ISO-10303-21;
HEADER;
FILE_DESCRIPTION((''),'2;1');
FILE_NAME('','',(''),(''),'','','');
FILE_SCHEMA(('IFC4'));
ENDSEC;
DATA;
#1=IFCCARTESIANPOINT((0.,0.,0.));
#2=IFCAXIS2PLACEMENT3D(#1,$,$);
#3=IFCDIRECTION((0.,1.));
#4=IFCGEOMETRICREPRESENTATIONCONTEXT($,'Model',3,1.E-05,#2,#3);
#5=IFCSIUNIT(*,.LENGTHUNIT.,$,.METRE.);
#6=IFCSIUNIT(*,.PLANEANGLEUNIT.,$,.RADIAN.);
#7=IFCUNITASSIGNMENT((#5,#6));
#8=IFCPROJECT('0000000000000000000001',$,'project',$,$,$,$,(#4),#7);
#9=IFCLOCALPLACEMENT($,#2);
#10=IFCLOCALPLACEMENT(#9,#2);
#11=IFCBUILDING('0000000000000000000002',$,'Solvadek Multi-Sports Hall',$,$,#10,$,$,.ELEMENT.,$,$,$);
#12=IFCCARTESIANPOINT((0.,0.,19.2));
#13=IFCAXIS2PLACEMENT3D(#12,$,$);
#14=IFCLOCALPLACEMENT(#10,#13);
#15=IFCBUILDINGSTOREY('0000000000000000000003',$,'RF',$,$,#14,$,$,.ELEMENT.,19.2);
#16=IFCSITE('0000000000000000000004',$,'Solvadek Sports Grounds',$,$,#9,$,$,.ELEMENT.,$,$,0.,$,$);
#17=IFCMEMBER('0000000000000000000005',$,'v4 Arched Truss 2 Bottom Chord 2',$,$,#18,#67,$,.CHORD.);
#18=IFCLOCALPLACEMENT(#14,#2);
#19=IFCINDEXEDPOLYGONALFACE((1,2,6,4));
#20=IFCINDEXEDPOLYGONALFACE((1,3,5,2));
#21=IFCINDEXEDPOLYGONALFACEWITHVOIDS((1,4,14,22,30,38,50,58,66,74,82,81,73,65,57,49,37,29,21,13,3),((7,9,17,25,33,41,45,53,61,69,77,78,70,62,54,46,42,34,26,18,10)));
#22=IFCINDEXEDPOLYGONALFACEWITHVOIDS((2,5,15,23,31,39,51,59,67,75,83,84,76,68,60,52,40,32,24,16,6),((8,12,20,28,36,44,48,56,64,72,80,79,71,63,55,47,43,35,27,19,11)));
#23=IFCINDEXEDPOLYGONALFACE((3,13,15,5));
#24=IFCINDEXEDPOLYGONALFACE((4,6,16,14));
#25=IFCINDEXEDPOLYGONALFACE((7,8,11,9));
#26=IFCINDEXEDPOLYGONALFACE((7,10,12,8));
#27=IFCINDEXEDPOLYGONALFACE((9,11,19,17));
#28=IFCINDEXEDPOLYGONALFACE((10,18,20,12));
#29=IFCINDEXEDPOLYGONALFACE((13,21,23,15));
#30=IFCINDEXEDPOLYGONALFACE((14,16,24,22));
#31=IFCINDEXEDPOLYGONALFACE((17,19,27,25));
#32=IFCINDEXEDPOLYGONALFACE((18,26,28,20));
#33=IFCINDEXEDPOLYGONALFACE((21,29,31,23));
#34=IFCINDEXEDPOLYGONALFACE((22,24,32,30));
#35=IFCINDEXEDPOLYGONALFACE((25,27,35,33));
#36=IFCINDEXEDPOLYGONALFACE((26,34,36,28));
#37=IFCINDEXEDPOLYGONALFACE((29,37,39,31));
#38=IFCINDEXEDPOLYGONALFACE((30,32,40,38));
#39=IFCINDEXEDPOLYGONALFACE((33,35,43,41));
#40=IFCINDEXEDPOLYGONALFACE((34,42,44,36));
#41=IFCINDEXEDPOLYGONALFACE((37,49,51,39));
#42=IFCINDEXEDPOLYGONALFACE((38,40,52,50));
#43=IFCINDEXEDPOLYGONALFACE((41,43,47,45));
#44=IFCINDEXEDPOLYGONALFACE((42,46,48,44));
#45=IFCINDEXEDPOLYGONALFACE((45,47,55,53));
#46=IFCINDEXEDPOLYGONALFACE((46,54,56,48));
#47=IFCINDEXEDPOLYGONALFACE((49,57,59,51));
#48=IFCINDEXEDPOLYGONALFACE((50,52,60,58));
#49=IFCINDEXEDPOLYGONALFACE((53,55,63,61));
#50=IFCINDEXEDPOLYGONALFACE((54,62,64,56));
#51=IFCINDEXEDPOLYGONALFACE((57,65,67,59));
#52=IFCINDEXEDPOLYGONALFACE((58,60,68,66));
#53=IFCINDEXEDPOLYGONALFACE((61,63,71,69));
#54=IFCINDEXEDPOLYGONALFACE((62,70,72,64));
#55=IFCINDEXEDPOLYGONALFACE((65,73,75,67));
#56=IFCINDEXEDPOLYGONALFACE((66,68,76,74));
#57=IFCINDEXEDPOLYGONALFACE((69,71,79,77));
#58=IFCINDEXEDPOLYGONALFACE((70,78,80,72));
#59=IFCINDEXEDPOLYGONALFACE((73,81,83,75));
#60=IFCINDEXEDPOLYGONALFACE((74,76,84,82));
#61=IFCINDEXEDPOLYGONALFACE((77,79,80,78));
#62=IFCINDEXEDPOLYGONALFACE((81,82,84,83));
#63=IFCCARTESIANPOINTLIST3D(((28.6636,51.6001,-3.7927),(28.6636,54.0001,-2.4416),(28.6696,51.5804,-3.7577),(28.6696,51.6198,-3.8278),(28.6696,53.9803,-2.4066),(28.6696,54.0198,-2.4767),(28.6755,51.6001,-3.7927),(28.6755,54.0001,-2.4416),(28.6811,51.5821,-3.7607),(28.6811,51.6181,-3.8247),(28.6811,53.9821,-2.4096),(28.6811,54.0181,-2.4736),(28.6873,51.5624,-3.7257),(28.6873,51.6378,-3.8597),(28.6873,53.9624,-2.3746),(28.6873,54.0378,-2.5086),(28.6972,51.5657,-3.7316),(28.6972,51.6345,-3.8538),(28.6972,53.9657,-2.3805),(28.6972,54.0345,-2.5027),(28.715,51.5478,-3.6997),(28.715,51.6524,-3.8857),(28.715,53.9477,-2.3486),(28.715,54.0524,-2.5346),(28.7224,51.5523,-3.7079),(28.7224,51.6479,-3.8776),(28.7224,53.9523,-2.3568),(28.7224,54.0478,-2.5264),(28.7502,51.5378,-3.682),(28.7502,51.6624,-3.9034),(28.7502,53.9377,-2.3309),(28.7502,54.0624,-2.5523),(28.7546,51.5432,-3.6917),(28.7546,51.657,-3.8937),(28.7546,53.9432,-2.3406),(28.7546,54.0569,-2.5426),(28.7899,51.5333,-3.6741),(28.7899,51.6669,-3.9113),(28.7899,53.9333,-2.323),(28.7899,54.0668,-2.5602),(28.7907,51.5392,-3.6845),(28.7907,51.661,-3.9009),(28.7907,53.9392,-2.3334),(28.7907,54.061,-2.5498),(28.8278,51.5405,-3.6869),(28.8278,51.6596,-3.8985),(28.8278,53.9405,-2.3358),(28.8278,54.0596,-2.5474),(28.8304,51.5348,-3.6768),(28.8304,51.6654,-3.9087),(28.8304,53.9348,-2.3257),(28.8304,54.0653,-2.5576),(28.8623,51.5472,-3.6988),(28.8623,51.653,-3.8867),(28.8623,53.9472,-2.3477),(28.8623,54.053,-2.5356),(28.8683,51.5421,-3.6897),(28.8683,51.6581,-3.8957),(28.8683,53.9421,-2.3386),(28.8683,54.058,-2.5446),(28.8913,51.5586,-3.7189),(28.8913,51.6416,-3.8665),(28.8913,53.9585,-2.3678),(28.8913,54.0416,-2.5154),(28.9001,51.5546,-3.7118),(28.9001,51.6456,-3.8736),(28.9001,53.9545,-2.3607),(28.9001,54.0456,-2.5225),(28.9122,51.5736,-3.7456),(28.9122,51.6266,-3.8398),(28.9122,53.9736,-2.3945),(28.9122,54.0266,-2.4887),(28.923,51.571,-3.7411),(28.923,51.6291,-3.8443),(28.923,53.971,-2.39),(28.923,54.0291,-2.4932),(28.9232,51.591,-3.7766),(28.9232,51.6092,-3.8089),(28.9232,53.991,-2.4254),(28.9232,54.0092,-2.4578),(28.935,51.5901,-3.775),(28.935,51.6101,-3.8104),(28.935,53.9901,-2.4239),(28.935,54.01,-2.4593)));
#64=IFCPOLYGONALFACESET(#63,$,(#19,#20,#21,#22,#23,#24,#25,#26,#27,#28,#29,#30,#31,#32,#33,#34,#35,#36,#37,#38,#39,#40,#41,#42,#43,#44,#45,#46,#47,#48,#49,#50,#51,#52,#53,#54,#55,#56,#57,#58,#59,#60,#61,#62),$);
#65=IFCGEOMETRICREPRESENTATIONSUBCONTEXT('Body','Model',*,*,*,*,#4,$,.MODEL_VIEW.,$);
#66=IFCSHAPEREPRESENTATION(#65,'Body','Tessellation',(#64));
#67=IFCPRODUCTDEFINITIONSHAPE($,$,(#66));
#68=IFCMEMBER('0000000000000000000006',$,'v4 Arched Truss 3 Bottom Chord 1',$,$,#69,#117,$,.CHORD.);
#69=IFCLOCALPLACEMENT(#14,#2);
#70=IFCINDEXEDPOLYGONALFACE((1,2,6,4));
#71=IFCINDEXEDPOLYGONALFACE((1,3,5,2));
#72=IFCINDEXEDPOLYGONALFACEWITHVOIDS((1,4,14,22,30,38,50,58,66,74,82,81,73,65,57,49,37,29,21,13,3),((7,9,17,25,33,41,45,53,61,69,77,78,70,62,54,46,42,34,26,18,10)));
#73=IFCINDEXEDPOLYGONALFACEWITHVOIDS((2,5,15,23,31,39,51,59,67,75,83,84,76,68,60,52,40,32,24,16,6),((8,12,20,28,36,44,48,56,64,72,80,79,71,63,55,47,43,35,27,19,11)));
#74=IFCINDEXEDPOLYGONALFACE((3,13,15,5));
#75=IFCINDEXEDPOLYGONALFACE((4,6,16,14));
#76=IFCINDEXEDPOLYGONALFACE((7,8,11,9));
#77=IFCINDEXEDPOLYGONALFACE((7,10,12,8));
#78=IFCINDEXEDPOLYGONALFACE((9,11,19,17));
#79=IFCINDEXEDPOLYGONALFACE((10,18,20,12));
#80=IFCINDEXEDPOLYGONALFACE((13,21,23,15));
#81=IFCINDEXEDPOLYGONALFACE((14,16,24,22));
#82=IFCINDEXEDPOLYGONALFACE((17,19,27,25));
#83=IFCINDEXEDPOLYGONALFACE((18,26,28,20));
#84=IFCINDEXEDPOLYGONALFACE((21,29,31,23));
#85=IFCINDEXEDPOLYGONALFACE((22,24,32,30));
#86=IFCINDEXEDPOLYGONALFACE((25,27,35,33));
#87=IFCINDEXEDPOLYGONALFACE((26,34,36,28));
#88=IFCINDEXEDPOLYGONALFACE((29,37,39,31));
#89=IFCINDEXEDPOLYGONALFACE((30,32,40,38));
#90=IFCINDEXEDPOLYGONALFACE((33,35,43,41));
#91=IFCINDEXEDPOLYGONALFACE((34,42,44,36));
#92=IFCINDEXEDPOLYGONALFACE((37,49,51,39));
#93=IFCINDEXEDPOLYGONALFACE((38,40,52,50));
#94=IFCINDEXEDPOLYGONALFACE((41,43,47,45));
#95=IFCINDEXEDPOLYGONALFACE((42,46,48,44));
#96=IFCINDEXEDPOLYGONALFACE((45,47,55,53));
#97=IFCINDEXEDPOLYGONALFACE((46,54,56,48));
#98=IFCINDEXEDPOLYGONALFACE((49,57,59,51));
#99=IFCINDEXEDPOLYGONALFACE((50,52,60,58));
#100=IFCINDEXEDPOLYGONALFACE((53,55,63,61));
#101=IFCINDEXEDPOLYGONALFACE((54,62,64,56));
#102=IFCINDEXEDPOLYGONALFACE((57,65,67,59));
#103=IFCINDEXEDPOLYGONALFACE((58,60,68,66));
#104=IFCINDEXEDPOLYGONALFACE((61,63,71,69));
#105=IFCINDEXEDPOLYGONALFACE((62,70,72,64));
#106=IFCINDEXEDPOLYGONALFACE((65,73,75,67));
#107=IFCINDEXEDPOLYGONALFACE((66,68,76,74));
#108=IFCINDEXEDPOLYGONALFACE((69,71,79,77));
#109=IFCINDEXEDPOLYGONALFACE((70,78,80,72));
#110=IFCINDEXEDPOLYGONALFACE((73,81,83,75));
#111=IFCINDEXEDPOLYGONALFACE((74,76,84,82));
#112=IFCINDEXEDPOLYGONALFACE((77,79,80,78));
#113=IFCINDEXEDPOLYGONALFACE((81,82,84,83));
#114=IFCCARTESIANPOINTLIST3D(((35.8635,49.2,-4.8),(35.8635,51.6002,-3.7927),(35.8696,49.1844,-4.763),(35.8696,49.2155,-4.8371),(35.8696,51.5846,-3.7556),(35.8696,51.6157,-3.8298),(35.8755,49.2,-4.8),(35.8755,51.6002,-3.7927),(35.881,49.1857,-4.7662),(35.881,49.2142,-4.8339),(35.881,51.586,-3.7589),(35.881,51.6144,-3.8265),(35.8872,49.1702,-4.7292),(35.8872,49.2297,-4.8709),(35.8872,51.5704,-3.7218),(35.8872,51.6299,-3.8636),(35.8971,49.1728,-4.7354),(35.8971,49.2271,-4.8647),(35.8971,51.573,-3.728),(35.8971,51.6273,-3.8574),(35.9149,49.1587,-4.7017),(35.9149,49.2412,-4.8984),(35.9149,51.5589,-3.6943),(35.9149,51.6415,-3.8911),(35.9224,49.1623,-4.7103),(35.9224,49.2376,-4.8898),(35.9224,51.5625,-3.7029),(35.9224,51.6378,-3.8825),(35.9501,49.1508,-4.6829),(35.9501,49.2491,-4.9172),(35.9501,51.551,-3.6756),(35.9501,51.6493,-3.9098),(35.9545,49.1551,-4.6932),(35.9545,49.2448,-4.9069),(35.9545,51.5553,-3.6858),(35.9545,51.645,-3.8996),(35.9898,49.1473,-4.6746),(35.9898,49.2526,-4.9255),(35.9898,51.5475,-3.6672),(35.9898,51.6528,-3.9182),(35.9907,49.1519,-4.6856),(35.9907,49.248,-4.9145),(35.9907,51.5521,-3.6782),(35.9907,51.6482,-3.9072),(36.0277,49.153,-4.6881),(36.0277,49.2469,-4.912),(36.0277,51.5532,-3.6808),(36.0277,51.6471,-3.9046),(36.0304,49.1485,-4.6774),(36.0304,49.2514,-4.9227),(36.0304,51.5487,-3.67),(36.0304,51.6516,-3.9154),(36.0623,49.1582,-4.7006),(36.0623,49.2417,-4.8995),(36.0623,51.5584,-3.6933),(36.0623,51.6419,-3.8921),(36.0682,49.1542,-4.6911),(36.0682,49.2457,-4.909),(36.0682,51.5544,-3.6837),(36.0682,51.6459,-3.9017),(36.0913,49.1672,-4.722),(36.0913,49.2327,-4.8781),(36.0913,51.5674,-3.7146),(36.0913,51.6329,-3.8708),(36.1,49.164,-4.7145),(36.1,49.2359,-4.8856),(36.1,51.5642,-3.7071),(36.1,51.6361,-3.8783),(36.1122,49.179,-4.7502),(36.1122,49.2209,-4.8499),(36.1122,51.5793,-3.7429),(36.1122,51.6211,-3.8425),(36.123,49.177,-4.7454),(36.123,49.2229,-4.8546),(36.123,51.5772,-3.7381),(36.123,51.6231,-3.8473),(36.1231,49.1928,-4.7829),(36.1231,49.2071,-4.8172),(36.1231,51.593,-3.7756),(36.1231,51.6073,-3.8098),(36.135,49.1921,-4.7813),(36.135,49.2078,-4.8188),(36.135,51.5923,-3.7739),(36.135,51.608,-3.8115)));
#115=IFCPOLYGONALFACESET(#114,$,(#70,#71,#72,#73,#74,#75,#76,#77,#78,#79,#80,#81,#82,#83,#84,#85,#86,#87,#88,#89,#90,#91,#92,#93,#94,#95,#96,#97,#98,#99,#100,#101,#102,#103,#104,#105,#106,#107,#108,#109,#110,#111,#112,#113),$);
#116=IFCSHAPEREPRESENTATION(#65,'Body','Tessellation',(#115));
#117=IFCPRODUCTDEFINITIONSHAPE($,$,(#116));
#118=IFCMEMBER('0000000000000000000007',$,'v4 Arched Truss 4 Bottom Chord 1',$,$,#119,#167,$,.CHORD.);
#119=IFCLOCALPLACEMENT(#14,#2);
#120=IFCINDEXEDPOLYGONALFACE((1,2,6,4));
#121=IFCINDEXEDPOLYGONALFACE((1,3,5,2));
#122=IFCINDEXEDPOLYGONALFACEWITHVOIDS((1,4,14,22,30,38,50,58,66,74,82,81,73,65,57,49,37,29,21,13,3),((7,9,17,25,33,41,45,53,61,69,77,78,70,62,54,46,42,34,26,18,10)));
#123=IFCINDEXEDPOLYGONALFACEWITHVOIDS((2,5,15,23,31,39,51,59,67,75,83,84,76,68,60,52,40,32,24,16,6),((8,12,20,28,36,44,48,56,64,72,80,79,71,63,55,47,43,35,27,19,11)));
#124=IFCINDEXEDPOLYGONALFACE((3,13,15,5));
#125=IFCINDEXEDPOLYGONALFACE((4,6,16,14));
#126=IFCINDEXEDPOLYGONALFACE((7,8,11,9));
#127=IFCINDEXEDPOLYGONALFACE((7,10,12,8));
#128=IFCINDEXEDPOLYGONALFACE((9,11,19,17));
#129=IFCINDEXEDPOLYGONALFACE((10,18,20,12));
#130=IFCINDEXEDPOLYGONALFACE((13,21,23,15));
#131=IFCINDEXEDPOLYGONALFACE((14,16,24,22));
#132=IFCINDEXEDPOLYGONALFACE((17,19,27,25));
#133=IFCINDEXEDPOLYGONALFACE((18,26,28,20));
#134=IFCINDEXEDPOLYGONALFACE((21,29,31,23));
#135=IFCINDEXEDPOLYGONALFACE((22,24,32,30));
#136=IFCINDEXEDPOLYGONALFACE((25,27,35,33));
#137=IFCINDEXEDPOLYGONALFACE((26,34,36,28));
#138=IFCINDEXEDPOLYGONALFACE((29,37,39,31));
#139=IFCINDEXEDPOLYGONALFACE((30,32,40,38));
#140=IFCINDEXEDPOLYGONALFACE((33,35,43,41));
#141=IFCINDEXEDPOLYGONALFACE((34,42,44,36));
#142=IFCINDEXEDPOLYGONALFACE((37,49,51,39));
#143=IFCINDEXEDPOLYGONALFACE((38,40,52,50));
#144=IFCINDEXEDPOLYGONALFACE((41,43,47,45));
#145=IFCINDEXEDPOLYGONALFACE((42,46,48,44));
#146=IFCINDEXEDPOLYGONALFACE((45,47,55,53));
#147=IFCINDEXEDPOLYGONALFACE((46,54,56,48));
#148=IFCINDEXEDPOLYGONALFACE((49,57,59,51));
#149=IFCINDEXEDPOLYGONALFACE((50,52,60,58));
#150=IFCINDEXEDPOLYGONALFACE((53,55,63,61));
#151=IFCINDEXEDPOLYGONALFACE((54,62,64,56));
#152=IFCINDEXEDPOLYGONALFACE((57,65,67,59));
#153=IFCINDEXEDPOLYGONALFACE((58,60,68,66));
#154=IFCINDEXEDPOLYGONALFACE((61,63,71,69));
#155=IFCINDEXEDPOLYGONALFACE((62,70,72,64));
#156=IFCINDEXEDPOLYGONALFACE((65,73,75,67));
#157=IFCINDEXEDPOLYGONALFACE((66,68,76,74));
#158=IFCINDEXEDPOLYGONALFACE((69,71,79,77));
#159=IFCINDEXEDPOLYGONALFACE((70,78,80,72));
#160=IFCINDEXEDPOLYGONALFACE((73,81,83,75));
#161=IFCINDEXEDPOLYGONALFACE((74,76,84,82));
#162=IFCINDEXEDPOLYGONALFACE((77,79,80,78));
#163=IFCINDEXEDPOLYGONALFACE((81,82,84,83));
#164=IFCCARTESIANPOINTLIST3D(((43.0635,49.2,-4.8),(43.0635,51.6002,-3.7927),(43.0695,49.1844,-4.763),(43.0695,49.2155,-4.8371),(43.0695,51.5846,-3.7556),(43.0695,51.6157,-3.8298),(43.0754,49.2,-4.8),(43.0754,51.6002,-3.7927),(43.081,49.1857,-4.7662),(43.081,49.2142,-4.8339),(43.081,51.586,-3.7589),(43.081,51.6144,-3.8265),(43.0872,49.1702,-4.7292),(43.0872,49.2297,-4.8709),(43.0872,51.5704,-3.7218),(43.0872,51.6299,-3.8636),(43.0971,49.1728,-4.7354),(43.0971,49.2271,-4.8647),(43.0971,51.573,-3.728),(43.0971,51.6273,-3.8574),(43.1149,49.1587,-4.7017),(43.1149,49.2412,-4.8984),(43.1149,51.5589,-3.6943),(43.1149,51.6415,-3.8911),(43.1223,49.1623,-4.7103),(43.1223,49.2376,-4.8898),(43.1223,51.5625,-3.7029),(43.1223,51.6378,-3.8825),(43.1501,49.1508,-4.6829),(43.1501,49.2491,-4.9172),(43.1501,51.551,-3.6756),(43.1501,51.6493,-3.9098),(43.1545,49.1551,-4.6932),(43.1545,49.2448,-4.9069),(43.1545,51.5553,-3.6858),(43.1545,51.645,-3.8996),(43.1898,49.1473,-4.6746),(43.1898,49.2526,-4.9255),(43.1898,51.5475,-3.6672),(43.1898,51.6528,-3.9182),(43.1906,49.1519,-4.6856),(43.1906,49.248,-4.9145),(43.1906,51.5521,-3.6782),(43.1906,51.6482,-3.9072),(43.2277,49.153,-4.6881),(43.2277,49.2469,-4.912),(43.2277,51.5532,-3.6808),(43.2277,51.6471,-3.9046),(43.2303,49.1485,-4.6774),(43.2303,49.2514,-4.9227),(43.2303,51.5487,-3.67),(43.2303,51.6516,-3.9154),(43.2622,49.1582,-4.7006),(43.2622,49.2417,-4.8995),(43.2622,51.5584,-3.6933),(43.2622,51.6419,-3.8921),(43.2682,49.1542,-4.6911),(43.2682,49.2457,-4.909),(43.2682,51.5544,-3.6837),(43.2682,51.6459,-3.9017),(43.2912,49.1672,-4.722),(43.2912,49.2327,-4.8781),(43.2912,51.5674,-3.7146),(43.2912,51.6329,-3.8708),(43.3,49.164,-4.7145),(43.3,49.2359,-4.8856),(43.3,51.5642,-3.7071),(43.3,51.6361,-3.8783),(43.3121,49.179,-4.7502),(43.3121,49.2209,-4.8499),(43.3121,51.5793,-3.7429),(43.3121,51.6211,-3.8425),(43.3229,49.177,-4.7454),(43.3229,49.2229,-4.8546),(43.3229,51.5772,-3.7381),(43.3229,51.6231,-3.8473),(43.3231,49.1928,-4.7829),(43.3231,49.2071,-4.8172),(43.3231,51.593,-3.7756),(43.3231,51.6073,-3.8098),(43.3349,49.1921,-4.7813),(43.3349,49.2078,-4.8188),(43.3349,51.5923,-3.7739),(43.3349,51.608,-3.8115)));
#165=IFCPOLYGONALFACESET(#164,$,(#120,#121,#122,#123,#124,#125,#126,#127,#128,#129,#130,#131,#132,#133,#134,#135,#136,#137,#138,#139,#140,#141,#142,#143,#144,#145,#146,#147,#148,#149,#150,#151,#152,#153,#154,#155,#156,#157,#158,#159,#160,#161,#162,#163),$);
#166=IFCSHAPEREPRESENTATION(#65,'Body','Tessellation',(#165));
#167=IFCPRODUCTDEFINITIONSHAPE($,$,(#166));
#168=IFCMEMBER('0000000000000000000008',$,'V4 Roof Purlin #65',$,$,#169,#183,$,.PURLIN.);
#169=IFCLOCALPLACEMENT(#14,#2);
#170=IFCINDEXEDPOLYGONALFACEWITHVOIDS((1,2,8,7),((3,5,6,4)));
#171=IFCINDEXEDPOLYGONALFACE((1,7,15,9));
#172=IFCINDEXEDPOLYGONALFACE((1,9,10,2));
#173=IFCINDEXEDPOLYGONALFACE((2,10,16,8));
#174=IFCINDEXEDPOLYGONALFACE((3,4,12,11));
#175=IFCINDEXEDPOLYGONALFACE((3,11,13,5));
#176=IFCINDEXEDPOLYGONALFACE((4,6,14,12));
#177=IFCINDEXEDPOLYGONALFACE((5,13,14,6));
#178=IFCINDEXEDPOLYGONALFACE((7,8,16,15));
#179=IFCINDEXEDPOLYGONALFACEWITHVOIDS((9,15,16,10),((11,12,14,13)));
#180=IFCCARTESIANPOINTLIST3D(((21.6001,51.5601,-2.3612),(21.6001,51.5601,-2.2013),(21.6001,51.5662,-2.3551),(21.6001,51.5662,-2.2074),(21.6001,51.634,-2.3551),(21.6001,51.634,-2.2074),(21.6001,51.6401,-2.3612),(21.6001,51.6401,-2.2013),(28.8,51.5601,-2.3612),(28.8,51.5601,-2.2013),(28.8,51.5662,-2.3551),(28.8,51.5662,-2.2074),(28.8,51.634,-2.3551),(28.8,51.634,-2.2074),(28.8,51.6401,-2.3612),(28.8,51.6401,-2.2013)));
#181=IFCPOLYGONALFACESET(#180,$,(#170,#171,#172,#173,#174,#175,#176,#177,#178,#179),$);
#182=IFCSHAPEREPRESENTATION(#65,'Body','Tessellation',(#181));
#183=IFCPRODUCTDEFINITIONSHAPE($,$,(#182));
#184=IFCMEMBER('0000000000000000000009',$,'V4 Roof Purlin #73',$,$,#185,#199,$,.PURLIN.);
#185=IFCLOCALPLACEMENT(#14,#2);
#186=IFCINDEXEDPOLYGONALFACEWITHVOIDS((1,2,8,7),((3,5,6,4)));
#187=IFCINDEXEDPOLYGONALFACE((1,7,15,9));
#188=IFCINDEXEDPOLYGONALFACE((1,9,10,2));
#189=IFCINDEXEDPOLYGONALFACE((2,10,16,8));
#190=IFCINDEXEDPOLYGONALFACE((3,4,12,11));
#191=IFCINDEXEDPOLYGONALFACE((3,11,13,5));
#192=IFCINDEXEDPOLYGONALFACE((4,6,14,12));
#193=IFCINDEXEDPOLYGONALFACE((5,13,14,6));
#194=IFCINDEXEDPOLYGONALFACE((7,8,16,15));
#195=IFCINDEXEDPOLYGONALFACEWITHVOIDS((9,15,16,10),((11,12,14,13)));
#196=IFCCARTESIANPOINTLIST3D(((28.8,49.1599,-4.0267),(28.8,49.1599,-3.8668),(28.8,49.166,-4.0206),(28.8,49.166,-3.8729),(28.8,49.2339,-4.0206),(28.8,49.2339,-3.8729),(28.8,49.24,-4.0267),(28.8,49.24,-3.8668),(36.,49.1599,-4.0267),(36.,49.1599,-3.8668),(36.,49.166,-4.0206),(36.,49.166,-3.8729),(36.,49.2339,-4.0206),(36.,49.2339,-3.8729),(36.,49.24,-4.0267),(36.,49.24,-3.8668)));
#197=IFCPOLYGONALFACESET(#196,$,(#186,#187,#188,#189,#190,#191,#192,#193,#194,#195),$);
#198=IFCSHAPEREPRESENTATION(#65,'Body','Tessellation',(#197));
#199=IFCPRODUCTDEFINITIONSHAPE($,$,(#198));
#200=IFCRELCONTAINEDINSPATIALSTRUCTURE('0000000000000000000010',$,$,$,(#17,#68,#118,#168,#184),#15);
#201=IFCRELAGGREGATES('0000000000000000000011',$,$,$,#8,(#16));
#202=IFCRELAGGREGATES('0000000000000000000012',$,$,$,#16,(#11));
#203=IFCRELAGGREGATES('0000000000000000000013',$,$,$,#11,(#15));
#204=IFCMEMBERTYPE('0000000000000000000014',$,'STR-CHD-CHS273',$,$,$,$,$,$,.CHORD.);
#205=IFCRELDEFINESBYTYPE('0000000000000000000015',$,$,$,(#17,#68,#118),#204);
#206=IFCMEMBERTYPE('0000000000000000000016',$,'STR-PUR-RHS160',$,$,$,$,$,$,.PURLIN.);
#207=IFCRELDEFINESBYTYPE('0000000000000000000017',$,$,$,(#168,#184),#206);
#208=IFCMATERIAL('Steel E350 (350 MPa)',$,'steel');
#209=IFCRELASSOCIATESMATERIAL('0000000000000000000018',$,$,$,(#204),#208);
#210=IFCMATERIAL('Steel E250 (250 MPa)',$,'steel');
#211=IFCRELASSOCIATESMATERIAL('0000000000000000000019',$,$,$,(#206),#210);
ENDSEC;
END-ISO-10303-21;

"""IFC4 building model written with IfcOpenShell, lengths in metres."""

from ifc_helpers import new_model, si_unit, direction, frame, origin, origin_2d, place, context, subcontext, project, spatial, hollow_rectangle, hollow_circle, extrude, material, material_profile, profile_set, type_object, element, save


model = new_model("IFC4")

# Units and contexts
model_context = context("Model", 3, precision=1e-05, world=origin(), true_north=direction((0.0, 1.0)))
body_context = subcontext(model_context, "Body", "Model", "MODEL_VIEW")
ifc_project = project(units=[si_unit("LENGTHUNIT", "METRE"), si_unit("PLANEANGLEUNIT", "RADIAN")], contexts=[model_context])

# Site, building, storey
site_placement = place(None, origin())
site = spatial("IfcSite", under=ifc_project, at=site_placement, Name="Solvadek Sports Grounds", CompositionType="ELEMENT", RefElevation=0.0)
building_placement = place(site_placement, origin())
building = spatial("IfcBuilding", under=site, at=building_placement, Name="Solvadek Multi-Sports Hall", CompositionType="ELEMENT")
storey_placement = place(building_placement, frame((0.0, 0.0, 19.2)))
storey = spatial("IfcBuildingStorey", under=building, at=storey_placement, Name="RF", CompositionType="ELEMENT", Elevation=19.2)

# Shared definitions
ifc_material_1 = material(Name="Steel E350 (350 MPa)", Category="steel")

# Members
ifc_material_profile_1 = material_profile(ifc_material_1, hollow_circle(Radius=0.1365, WallThickness=0.012, at=origin_2d()), Name="CHS 273.0x12")
ifc_profile_set_1 = profile_set([ifc_material_profile_1], Name="Steel E350 (350 MPa)")
member_type_1 = type_object("IfcMemberType", Name="STR-CHD-CHS273", PredefinedType="CHORD", material=ifc_profile_set_1)
for number, where, z_axis, x_axis, name in (
    (1, (28.8, 51.6001, -3.7927), (0.0, 0.8714, 0.490573), (-1.0, 0.0, 0.0), "v4 Arched Truss 2 Bottom Chord 2"),
):
    element("IfcMember", number, at=place(storey_placement, frame(where, z_axis=z_axis, x_axis=x_axis)), inside=storey, type_object=member_type_1, Name=name, PredefinedType="CHORD", context=body_context, shape_type="SweptSolid", body=[
        extrude(hollow_circle(Radius=0.1365, WallThickness=0.012, at=origin_2d()), origin(), (0.0, 0.0, 1.0), 2.7542),
    ])
for number, where, z_axis, x_axis, name in (
    (2, (36.0, 49.2, -4.8), (0.0, 0.922083, 0.386992), (-1.0, 0.0, 0.0), "v4 Arched Truss 3 Bottom Chord 1"),
    (3, (43.2, 49.2, -4.8), (0.0, 0.922083, 0.386992), (-1.0, 0.0, 0.0), "v4 Arched Truss 4 Bottom Chord 1"),
):
    element("IfcMember", number, at=place(storey_placement, frame(where, z_axis=z_axis, x_axis=x_axis)), inside=storey, type_object=member_type_1, Name=name, PredefinedType="CHORD", context=body_context, shape_type="SweptSolid", body=[
        extrude(hollow_circle(Radius=0.1365, WallThickness=0.012, at=origin_2d()), origin(), (0.0, 0.0, 1.0), 2.603),
    ])
ifc_material_2 = material(Name="Steel E250 (250 MPa)", Category="steel")
ifc_material_profile_2 = material_profile(ifc_material_2, hollow_rectangle(XDim=0.0801, YDim=0.1599, WallThickness=0.0061, at=origin_2d()), Name="RHS 160x80x6")
ifc_profile_set_2 = profile_set([ifc_material_profile_2], Name="Steel E250 (250 MPa)")
member_type_2 = type_object("IfcMemberType", Name="STR-PUR-RHS160", PredefinedType="PURLIN", material=ifc_profile_set_2)
for number, where, z_axis, x_axis, name in (
    (4, (21.6001, 51.6001, -2.2812), (1.0, 0.0, 0.0), (0.0, 1.0, 0.0), "V4 Roof Purlin #65"),
    (5, (28.8, 49.2, -3.9468), (1.0, 0.0, 0.0), (0.0, 1.0, 0.0), "V4 Roof Purlin #73"),
):
    element("IfcMember", number, at=place(storey_placement, frame(where, z_axis=z_axis, x_axis=x_axis)), inside=storey, type_object=member_type_2, Name=name, PredefinedType="PURLIN", context=body_context, shape_type="SweptSolid", body=[
        extrude(hollow_rectangle(XDim=0.0801, YDim=0.1599, WallThickness=0.0061, at=origin_2d()), origin(), (0.0, 0.0, 1.0), 7.2),
    ])

save(model, "model.ifc")
